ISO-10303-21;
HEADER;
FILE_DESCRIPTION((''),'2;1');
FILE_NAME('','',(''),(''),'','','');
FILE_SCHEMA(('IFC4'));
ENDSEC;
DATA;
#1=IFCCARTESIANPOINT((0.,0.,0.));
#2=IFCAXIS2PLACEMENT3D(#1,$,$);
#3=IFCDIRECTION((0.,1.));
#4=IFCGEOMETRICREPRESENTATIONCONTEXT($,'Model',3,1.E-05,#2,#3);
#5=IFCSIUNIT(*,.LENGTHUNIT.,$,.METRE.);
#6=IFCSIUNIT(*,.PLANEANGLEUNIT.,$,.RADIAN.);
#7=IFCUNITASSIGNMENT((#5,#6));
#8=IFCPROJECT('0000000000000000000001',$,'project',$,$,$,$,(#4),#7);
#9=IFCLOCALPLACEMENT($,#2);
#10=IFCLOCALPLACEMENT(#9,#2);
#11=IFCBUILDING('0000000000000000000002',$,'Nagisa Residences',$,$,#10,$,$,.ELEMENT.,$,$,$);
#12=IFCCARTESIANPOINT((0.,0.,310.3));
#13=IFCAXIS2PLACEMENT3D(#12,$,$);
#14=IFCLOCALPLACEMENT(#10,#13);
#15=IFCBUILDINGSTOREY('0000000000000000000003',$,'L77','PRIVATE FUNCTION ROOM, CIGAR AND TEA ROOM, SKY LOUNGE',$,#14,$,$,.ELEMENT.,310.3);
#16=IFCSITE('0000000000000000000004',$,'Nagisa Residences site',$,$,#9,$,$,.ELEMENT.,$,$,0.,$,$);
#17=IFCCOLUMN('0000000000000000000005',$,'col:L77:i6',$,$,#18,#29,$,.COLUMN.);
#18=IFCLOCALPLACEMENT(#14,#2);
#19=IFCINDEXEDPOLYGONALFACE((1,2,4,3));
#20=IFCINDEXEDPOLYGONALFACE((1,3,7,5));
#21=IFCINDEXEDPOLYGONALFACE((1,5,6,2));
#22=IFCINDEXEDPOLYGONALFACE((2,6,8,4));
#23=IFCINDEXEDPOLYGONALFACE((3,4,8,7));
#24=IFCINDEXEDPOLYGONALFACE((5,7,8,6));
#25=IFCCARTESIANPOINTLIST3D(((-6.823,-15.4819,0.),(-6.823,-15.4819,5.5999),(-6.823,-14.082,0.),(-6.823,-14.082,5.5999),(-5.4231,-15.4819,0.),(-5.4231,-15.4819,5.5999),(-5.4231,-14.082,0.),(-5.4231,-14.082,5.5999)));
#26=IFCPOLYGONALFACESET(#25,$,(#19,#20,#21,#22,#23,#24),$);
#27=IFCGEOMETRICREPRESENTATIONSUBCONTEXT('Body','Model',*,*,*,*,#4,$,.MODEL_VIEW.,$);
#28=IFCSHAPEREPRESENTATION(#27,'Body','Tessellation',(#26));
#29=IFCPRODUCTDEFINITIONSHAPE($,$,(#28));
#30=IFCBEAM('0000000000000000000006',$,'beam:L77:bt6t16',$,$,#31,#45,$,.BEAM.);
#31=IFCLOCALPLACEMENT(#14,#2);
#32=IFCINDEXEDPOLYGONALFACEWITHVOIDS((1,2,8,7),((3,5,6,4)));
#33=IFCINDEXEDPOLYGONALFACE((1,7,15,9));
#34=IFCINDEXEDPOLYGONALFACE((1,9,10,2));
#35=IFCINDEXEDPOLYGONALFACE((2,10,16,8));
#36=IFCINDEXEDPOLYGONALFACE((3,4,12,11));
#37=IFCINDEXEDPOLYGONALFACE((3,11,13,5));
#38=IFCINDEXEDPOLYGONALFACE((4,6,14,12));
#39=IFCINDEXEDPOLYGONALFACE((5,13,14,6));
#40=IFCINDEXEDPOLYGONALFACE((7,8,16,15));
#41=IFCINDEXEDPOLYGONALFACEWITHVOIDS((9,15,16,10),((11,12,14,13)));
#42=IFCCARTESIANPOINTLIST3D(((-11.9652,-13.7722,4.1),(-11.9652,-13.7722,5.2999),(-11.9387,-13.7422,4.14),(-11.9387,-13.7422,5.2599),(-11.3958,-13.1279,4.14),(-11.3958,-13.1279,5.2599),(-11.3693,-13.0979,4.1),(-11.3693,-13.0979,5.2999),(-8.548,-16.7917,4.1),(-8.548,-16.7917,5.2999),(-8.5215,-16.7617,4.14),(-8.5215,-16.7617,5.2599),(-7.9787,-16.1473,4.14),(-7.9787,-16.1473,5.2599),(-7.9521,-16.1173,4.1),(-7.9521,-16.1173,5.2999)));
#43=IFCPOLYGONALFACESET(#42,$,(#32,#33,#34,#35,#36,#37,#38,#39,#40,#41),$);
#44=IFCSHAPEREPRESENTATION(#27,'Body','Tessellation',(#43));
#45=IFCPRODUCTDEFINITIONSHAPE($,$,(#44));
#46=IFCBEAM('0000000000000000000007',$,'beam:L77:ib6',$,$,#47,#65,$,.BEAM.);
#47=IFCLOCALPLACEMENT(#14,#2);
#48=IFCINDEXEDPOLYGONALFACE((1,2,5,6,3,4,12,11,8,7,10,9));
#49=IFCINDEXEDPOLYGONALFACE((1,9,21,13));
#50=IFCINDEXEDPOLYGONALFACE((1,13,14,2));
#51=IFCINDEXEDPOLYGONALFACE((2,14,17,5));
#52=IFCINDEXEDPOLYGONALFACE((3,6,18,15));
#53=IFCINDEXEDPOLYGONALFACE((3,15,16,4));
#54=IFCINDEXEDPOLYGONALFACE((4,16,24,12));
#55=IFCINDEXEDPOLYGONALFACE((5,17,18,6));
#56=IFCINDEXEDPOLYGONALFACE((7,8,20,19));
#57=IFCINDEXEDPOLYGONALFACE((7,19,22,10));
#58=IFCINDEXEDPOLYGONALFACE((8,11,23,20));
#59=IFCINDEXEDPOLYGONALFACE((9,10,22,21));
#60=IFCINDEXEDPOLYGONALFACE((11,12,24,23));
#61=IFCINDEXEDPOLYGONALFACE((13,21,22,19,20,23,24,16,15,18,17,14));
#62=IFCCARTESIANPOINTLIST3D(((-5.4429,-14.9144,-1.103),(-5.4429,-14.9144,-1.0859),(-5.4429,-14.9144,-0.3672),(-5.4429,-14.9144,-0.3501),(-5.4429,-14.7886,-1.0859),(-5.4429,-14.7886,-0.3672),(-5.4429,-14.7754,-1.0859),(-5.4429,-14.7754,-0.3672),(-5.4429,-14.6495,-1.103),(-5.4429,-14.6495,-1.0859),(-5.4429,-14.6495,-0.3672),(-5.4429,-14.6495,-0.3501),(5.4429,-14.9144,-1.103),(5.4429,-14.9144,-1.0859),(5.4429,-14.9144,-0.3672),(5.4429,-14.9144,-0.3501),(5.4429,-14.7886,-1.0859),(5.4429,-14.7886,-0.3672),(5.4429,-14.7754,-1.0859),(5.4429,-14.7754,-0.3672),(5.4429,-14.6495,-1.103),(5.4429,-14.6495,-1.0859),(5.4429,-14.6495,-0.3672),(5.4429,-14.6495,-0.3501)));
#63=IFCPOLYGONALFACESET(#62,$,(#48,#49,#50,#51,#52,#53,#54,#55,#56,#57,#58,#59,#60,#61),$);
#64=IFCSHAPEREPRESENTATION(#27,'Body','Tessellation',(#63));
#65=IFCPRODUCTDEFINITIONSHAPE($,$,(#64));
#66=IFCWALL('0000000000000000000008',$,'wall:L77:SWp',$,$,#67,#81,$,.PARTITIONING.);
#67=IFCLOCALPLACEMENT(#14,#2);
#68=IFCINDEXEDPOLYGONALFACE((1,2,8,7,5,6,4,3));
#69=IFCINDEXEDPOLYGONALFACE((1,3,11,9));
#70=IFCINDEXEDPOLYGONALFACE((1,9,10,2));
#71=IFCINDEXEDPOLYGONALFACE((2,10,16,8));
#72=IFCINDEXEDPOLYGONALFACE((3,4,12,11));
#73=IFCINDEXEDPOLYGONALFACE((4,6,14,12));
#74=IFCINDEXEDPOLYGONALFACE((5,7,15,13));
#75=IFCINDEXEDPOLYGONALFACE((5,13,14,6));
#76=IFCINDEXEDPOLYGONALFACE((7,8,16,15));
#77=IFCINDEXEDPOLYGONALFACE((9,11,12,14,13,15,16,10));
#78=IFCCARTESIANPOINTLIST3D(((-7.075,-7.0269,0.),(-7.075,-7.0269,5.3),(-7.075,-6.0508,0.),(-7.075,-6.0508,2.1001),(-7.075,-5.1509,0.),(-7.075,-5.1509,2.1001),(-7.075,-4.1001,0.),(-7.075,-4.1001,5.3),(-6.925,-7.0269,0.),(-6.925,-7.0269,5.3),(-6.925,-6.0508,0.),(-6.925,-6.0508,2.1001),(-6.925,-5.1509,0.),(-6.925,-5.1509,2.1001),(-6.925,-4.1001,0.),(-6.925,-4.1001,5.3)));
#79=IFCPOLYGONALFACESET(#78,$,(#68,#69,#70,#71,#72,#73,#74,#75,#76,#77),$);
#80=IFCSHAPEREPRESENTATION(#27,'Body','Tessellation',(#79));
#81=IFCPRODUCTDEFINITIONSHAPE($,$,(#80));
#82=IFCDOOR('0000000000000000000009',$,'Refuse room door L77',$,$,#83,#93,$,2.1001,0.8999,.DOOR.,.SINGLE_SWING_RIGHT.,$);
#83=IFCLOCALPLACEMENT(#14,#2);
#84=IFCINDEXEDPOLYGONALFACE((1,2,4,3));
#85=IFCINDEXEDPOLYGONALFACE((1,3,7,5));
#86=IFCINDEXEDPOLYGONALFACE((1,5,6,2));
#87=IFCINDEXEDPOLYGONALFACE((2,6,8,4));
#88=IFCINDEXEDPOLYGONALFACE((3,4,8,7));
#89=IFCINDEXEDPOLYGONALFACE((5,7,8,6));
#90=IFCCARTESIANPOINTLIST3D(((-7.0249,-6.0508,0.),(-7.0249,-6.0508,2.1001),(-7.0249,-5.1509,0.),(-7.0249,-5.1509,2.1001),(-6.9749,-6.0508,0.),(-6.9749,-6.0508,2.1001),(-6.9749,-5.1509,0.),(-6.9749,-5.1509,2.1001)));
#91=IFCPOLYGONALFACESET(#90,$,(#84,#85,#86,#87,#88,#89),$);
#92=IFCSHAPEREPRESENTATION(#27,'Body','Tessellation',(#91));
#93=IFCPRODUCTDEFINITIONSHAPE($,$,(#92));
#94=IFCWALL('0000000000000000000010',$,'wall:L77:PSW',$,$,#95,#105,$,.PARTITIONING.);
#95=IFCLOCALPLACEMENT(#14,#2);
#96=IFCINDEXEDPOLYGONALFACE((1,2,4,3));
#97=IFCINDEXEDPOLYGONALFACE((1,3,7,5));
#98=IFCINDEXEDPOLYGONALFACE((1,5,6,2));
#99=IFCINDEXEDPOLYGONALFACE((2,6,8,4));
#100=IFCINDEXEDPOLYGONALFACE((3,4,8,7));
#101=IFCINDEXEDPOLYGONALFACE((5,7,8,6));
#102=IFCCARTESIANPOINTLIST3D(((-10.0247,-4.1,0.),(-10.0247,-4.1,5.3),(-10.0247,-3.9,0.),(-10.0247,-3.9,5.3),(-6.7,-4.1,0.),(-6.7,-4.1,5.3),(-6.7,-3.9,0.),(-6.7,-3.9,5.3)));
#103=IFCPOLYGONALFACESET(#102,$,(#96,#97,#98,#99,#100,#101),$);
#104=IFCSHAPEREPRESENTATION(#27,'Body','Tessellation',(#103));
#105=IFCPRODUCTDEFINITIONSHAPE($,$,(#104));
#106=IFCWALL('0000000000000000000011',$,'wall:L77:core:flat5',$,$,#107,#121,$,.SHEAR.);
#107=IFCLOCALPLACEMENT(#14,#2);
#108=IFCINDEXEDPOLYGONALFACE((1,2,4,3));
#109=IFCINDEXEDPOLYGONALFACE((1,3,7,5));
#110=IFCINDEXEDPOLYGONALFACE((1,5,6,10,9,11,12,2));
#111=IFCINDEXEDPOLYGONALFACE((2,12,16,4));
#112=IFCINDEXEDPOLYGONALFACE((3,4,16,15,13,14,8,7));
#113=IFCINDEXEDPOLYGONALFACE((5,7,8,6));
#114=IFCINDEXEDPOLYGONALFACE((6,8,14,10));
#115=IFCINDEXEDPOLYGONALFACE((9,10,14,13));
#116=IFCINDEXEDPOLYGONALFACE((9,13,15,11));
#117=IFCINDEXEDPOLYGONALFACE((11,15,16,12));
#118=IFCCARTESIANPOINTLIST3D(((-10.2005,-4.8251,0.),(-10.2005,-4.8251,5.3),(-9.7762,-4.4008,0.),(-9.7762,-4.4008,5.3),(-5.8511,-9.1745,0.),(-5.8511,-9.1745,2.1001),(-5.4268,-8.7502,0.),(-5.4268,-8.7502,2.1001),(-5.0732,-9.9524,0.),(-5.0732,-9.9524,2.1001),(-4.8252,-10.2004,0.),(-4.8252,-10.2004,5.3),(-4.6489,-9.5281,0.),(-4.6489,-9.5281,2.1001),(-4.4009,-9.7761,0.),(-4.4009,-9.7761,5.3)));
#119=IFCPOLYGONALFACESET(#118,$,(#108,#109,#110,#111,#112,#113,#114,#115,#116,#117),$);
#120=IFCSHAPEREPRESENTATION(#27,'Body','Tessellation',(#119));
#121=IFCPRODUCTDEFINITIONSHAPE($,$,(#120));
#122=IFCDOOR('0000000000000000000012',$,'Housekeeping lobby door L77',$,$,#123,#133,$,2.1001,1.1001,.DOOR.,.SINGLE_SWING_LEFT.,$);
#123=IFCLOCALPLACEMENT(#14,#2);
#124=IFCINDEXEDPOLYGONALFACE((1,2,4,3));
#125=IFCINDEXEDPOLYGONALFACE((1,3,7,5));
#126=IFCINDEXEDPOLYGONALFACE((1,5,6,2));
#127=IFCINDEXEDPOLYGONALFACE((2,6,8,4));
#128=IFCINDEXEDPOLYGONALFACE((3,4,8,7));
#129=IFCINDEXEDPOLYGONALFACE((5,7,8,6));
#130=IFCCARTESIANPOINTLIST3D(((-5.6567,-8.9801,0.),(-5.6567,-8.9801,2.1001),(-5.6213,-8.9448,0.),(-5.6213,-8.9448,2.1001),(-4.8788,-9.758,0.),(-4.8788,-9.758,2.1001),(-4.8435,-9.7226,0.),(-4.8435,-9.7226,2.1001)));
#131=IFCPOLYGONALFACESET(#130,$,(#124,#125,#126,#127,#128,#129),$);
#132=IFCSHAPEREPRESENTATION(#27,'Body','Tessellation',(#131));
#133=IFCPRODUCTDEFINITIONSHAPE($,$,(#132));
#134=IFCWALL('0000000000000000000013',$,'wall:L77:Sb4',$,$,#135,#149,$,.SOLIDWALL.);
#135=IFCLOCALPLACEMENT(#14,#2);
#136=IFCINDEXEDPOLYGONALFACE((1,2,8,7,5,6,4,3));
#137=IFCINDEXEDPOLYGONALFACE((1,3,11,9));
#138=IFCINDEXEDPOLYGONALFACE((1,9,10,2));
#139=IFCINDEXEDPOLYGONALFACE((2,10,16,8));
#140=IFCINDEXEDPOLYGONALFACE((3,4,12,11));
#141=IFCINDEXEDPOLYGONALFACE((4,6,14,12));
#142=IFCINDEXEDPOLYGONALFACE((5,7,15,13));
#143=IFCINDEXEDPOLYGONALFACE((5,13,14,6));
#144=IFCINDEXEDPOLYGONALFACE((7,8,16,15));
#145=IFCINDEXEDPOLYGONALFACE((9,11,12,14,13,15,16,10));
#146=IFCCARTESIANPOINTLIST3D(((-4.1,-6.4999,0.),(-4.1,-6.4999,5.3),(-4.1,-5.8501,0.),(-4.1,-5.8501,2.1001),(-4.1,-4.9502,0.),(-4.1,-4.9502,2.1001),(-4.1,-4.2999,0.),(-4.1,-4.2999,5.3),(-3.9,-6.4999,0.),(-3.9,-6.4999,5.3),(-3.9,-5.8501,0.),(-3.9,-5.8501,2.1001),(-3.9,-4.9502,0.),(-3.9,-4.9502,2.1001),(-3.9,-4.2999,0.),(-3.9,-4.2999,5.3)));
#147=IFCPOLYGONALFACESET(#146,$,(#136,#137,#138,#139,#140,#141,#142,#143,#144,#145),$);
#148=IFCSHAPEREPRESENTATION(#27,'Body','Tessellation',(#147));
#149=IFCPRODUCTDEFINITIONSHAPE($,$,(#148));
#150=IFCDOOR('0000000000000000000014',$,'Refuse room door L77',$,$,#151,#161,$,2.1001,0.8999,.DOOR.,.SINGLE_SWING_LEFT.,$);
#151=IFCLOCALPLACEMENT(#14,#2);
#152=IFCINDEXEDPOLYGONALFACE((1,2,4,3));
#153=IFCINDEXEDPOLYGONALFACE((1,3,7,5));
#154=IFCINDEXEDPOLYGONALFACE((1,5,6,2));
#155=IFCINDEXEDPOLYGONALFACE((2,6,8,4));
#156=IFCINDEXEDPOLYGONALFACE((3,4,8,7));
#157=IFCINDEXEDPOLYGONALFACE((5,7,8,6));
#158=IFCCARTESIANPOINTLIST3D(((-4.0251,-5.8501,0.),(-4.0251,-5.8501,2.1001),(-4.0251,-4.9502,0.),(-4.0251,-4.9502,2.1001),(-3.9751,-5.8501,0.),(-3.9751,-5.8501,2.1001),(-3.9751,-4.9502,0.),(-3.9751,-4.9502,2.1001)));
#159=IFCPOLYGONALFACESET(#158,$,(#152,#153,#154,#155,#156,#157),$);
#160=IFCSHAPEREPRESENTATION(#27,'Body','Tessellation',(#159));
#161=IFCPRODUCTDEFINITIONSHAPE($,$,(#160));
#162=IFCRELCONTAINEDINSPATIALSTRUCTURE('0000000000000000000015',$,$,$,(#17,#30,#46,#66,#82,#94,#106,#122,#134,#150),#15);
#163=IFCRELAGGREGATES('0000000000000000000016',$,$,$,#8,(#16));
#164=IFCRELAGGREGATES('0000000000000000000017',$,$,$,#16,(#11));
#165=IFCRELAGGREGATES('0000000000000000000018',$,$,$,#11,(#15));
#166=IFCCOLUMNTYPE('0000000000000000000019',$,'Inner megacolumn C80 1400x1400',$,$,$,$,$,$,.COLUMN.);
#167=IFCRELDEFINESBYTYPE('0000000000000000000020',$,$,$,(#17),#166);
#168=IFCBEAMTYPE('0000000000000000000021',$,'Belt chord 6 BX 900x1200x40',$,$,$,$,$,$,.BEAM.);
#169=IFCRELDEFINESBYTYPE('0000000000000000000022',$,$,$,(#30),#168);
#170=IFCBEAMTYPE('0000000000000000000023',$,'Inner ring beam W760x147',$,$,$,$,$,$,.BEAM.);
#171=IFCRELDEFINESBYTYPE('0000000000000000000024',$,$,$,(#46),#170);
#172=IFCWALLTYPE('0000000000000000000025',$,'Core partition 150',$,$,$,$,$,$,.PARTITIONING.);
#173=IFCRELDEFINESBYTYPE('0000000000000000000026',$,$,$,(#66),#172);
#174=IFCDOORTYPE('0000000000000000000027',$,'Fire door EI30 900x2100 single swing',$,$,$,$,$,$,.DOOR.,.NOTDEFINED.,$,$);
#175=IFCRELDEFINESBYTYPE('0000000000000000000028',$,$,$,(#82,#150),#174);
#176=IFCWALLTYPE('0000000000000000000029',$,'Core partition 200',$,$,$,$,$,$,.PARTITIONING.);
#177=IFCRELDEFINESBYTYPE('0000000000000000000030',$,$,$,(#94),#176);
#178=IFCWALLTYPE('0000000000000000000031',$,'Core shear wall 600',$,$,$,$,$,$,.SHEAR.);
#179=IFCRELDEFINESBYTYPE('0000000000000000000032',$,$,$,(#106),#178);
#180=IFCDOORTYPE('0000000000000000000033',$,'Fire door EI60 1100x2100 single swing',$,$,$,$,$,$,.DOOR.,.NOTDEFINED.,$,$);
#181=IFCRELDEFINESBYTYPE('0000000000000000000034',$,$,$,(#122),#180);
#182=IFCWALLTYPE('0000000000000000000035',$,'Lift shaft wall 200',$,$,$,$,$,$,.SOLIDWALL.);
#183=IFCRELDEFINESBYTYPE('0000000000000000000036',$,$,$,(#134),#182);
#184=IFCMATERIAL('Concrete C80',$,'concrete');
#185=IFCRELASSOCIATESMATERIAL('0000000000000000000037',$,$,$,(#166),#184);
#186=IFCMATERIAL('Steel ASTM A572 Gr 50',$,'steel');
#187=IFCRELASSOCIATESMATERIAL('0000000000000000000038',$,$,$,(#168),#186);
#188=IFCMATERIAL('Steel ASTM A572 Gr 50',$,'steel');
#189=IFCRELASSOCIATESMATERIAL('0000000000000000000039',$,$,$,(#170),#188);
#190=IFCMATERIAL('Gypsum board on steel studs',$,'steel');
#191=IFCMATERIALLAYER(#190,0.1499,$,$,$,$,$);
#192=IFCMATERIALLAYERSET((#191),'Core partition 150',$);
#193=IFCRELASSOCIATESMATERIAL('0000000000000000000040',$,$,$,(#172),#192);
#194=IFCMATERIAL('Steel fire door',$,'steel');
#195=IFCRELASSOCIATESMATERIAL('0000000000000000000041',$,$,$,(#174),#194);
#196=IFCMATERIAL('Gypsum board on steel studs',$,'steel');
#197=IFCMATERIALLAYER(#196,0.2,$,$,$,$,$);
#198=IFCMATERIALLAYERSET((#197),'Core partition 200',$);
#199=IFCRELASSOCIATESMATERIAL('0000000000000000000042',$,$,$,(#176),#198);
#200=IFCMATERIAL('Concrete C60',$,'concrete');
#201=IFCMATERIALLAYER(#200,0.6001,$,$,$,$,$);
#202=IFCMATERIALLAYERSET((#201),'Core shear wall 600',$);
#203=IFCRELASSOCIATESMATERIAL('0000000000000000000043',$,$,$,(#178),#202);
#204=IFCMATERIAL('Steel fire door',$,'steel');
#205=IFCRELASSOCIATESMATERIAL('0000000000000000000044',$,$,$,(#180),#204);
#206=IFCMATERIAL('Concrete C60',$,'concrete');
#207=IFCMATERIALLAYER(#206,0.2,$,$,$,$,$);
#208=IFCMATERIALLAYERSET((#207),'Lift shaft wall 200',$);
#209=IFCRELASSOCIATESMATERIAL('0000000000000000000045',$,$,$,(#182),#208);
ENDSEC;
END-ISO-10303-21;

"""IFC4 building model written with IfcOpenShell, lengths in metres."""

from ifc_helpers import new_model, si_unit, direction, frame, frame_2d, origin, origin_2d, place, context, subcontext, project, spatial, rectangle, hollow_rectangle, i_section, extrude, material, layer, layer_set, material_profile, profile_set, type_object, element, fill, save


model = new_model("IFC4")

# Units and contexts
model_context = context("Model", 3, precision=1e-05, world=origin(), true_north=direction((0.0, 1.0)))
body_context = subcontext(model_context, "Body", "Model", "MODEL_VIEW")
ifc_project = project(units=[si_unit("LENGTHUNIT", "METRE"), si_unit("PLANEANGLEUNIT", "RADIAN")], contexts=[model_context])

# Site, building, storey
site_placement = place(None, origin())
site = spatial("IfcSite", under=ifc_project, at=site_placement, Name="Nagisa Residences site", CompositionType="ELEMENT", RefElevation=0.0)
building_placement = place(site_placement, origin())
building = spatial("IfcBuilding", under=site, at=building_placement, Name="Nagisa Residences", CompositionType="ELEMENT")
storey_placement = place(building_placement, frame((0.0, 0.0, 310.3)))
storey = spatial("IfcBuildingStorey", under=building, at=storey_placement, Name="L77", Description="PRIVATE FUNCTION ROOM, CIGAR AND TEA ROOM, SKY LOUNGE", CompositionType="ELEMENT", Elevation=310.3)

# Column
ifc_material_1 = material(Name="Concrete C80", Category="concrete")
ifc_material_profile_1 = material_profile(ifc_material_1, rectangle(XDim=1.3999, YDim=1.3999, at=origin_2d()), Name="C80 1400x1400")
ifc_profile_set_1 = profile_set([ifc_material_profile_1], Name="Concrete C80")
column_type = type_object("IfcColumnType", Name="Inner megacolumn C80 1400x1400", PredefinedType="COLUMN", material=ifc_profile_set_1)
column_placement = place(storey_placement, frame((-6.123, -14.782, 0.0), z_axis=(0.0, 0.0, 1.0), x_axis=(1.0, 0.0, 0.0)))
element("IfcColumn", 1, at=column_placement, inside=storey, type_object=column_type, Name="col:L77:i6", PredefinedType="COLUMN", context=body_context, shape_type="SweptSolid", body=[
    extrude(rectangle(XDim=1.3999, YDim=1.3999, at=origin_2d()), origin(), (0.0, 0.0, 1.0), 5.5999),
])

# Beams
ifc_material_2 = material(Name="Steel ASTM A572 Gr 50", Category="steel")
ifc_material_profile_2 = material_profile(ifc_material_2, hollow_rectangle(XDim=0.8999, YDim=1.2, WallThickness=0.04, at=origin_2d()), Name="BX 900x1200x40")
ifc_profile_set_2 = profile_set([ifc_material_profile_2], Name="Steel ASTM A572 Gr 50")
beam_type_1 = type_object("IfcBeamType", Name="Belt chord 6 BX 900x1200x40", PredefinedType="BEAM", material=ifc_profile_set_2)
beam_1_placement = place(storey_placement, frame((-11.6672, -13.4351, 4.7), z_axis=(0.749367, -0.662154, 0.0), x_axis=(0.662154, 0.749367, 0.0)))
element("IfcBeam", 2, at=beam_1_placement, inside=storey, type_object=beam_type_1, Name="beam:L77:bt6t16", PredefinedType="BEAM", context=body_context, shape_type="SweptSolid", body=[
    extrude(hollow_rectangle(XDim=0.8999, YDim=1.2, WallThickness=0.04, at=origin_2d()), origin(), (0.0, 0.0, 1.0), 4.5601),
])
ifc_material_3 = material(Name="Steel ASTM A572 Gr 50", Category="steel")
ifc_material_profile_3 = material_profile(ifc_material_3, i_section(OverallWidth=0.2649, OverallDepth=0.7529, WebThickness=0.0132, FlangeThickness=0.0171, at=origin_2d()), Name="W760x147")
ifc_profile_set_3 = profile_set([ifc_material_profile_3], Name="Steel ASTM A572 Gr 50")
beam_type_2 = type_object("IfcBeamType", Name="Inner ring beam W760x147", PredefinedType="BEAM", material=ifc_profile_set_3)
beam_2_placement = place(storey_placement, frame((-5.4429, -14.782, -0.7266), z_axis=(1.0, 0.0, 0.0), x_axis=(0.0, 1.0, 0.0)))
element("IfcBeam", 3, at=beam_2_placement, inside=storey, type_object=beam_type_2, Name="beam:L77:ib6", PredefinedType="BEAM", context=body_context, shape_type="SweptSolid", body=[
    extrude(i_section(OverallWidth=0.2649, OverallDepth=0.7529, WebThickness=0.0132, FlangeThickness=0.0171, at=origin_2d()), origin(), (0.0, 0.0, 1.0), 10.8857),
])

# Wall, opening, door
ifc_material_4 = material(Name="Gypsum board on steel studs", Category="steel")
ifc_layer_1 = layer(ifc_material_4, 0.1499)
ifc_layer_set_1 = layer_set([ifc_layer_1], Name="Core partition 150")
wall_type_1 = type_object("IfcWallType", Name="Core partition 150", PredefinedType="PARTITIONING", material=ifc_layer_set_1)
wall_1_placement = place(storey_placement, frame((-7.0, -7.0269, 0.0), z_axis=(0.0, 0.0, 1.0), x_axis=(0.0, 1.0, 0.0)))
wall_1 = element("IfcWall", 4, at=wall_1_placement, inside=storey, type_object=wall_type_1, Name="wall:L77:SWp", PredefinedType="PARTITIONING", context=body_context, shape_type="SweptSolid", body=[
    extrude(rectangle(XDim=2.9268, YDim=0.1499, at=frame_2d((1.4634, 0.0))), origin(), (0.0, 0.0, 1.0), 5.3),
])
opening_1_placement = place(wall_1_placement, frame((0.9761, 0.0, 0.0)))
opening_1 = element("IfcOpeningElement", 5, at=opening_1_placement, cuts=wall_1, PredefinedType="OPENING", context=body_context, shape_type="SweptSolid", body=[
    extrude(rectangle(XDim=0.8999, YDim=2.1001, at=frame_2d((0.45, 1.05))), frame((0.0, 0.085, 0.0), z_axis=(0.0, -1.0, 0.0), x_axis=(1.0, 0.0, 0.0)), (0.0, 0.0, 1.0), 0.1699),
])
ifc_material_5 = material(Name="Steel fire door", Category="steel")
door_type_1 = type_object("IfcDoorType", Name="Fire door EI30 900x2100 single swing", OperationType="NOTDEFINED", PredefinedType="DOOR", material=ifc_material_5)
door_1_placement = place(opening_1_placement, origin())
door_1 = element("IfcDoor", 6, at=door_1_placement, inside=storey, type_object=door_type_1, Name="Refuse room door L77", OperationType="SINGLE_SWING_RIGHT", OverallHeight=2.1001, OverallWidth=0.8999, PredefinedType="DOOR", context=body_context, shape_type="SweptSolid", body=[
    extrude(rectangle(XDim=0.8999, YDim=2.1001, at=frame_2d((0.45, 1.05))), frame((0.0, 0.0249, 0.0), z_axis=(0.0, -1.0, 0.0), x_axis=(1.0, 0.0, 0.0)), (0.0, 0.0, 1.0), 0.05),
])
fill(opening_1, door_1)

# Wall
ifc_material_6 = material(Name="Gypsum board on steel studs", Category="steel")
ifc_layer_2 = layer(ifc_material_6, 0.2)
ifc_layer_set_2 = layer_set([ifc_layer_2], Name="Core partition 200")
wall_type_2 = type_object("IfcWallType", Name="Core partition 200", PredefinedType="PARTITIONING", material=ifc_layer_set_2)
wall_2_placement = place(storey_placement, frame((-10.0247, -4.0, 0.0), z_axis=(0.0, 0.0, 1.0), x_axis=(1.0, 0.0, 0.0)))
element("IfcWall", 7, at=wall_2_placement, inside=storey, type_object=wall_type_2, Name="wall:L77:PSW", PredefinedType="PARTITIONING", context=body_context, shape_type="SweptSolid", body=[
    extrude(rectangle(XDim=3.3247, YDim=0.2, at=frame_2d((1.6624, 0.0))), origin(), (0.0, 0.0, 1.0), 5.3),
])

# Walls, openings, doors
ifc_material_7 = material(Name="Concrete C60", Category="concrete")
ifc_layer_3 = layer(ifc_material_7, 0.6001)
ifc_layer_set_3 = layer_set([ifc_layer_3], Name="Core shear wall 600")
wall_type_3 = type_object("IfcWallType", Name="Core shear wall 600", PredefinedType="SHEAR", material=ifc_layer_set_3)
wall_3_placement = place(storey_placement, frame((-9.9883, -4.613, 0.0), z_axis=(0.0, 0.0, 1.0), x_axis=(0.707107, -0.707107, 0.0)))
wall_3 = element("IfcWall", 8, at=wall_3_placement, inside=storey, type_object=wall_type_3, Name="wall:L77:core:flat5", PredefinedType="SHEAR", context=body_context, shape_type="SweptSolid", body=[
    extrude(rectangle(XDim=7.6018, YDim=0.6001, at=frame_2d((3.8008, 0.0))), origin(), (0.0, 0.0, 1.0), 5.3),
])
opening_2_placement = place(wall_3_placement, frame((6.1509, 0.0, 0.0)))
opening_2 = element("IfcOpeningElement", 9, at=opening_2_placement, cuts=wall_3, PredefinedType="OPENING", context=body_context, shape_type="SweptSolid", body=[
    extrude(rectangle(XDim=1.1001, YDim=2.1001, at=frame_2d((0.55, 1.05))), frame((0.0, 0.3101, 0.0), z_axis=(0.0, -1.0, 0.0), x_axis=(1.0, 0.0, 0.0)), (0.0, 0.0, 1.0), 0.6201),
])
ifc_material_8 = material(Name="Steel fire door", Category="steel")
door_type_2 = type_object("IfcDoorType", Name="Fire door EI60 1100x2100 single swing", OperationType="NOTDEFINED", PredefinedType="DOOR", material=ifc_material_8)
door_2_placement = place(opening_2_placement, origin())
door_2 = element("IfcDoor", 10, at=door_2_placement, inside=storey, type_object=door_type_2, Name="Housekeeping lobby door L77", OperationType="SINGLE_SWING_LEFT", OverallHeight=2.1001, OverallWidth=1.1001, PredefinedType="DOOR", context=body_context, shape_type="SweptSolid", body=[
    extrude(rectangle(XDim=1.1001, YDim=2.1001, at=frame_2d((0.55, 1.05))), frame((0.0, 0.0249, 0.0), z_axis=(0.0, -1.0, 0.0), x_axis=(1.0, 0.0, 0.0)), (0.0, 0.0, 1.0), 0.05),
])
fill(opening_2, door_2)
ifc_material_9 = material(Name="Concrete C60", Category="concrete")
ifc_layer_4 = layer(ifc_material_9, 0.2)
ifc_layer_set_4 = layer_set([ifc_layer_4], Name="Lift shaft wall 200")
wall_type_4 = type_object("IfcWallType", Name="Lift shaft wall 200", PredefinedType="SOLIDWALL", material=ifc_layer_set_4)
wall_4_placement = place(storey_placement, frame((-4.0, -6.5, 0.0), z_axis=(0.0, 0.0, 1.0), x_axis=(0.0, 1.0, 0.0)))
wall_4 = element("IfcWall", 11, at=wall_4_placement, inside=storey, type_object=wall_type_4, Name="wall:L77:Sb4", PredefinedType="SOLIDWALL", context=body_context, shape_type="SweptSolid", body=[
    extrude(rectangle(XDim=2.2, YDim=0.2, at=frame_2d((1.1001, 0.0))), origin(), (0.0, 0.0, 1.0), 5.3),
])
opening_3_placement = place(wall_4_placement, frame((0.6499, 0.0, 0.0)))
opening_3 = element("IfcOpeningElement", 12, at=opening_3_placement, cuts=wall_4, PredefinedType="OPENING", context=body_context, shape_type="SweptSolid", body=[
    extrude(rectangle(XDim=0.8999, YDim=2.1001, at=frame_2d((0.45, 1.05))), frame((0.0, 0.1099, 0.0), z_axis=(0.0, -1.0, 0.0), x_axis=(1.0, 0.0, 0.0)), (0.0, 0.0, 1.0), 0.22),
])
door_3_placement = place(opening_3_placement, frame((0.8999, 0.0, 0.0), x_axis=(-1.0, 0.0, 0.0)))
door_3 = element("IfcDoor", 13, at=door_3_placement, inside=storey, type_object=door_type_1, Name="Refuse room door L77", OperationType="SINGLE_SWING_LEFT", OverallHeight=2.1001, OverallWidth=0.8999, PredefinedType="DOOR", context=body_context, shape_type="SweptSolid", body=[
    extrude(rectangle(XDim=0.8999, YDim=2.1001, at=frame_2d((0.45, 1.05))), frame((0.0, 0.0249, 0.0), z_axis=(0.0, -1.0, 0.0), x_axis=(1.0, 0.0, 0.0)), (0.0, 0.0, 1.0), 0.05),
])
fill(opening_3, door_3)

save(model, "model.ifc")
